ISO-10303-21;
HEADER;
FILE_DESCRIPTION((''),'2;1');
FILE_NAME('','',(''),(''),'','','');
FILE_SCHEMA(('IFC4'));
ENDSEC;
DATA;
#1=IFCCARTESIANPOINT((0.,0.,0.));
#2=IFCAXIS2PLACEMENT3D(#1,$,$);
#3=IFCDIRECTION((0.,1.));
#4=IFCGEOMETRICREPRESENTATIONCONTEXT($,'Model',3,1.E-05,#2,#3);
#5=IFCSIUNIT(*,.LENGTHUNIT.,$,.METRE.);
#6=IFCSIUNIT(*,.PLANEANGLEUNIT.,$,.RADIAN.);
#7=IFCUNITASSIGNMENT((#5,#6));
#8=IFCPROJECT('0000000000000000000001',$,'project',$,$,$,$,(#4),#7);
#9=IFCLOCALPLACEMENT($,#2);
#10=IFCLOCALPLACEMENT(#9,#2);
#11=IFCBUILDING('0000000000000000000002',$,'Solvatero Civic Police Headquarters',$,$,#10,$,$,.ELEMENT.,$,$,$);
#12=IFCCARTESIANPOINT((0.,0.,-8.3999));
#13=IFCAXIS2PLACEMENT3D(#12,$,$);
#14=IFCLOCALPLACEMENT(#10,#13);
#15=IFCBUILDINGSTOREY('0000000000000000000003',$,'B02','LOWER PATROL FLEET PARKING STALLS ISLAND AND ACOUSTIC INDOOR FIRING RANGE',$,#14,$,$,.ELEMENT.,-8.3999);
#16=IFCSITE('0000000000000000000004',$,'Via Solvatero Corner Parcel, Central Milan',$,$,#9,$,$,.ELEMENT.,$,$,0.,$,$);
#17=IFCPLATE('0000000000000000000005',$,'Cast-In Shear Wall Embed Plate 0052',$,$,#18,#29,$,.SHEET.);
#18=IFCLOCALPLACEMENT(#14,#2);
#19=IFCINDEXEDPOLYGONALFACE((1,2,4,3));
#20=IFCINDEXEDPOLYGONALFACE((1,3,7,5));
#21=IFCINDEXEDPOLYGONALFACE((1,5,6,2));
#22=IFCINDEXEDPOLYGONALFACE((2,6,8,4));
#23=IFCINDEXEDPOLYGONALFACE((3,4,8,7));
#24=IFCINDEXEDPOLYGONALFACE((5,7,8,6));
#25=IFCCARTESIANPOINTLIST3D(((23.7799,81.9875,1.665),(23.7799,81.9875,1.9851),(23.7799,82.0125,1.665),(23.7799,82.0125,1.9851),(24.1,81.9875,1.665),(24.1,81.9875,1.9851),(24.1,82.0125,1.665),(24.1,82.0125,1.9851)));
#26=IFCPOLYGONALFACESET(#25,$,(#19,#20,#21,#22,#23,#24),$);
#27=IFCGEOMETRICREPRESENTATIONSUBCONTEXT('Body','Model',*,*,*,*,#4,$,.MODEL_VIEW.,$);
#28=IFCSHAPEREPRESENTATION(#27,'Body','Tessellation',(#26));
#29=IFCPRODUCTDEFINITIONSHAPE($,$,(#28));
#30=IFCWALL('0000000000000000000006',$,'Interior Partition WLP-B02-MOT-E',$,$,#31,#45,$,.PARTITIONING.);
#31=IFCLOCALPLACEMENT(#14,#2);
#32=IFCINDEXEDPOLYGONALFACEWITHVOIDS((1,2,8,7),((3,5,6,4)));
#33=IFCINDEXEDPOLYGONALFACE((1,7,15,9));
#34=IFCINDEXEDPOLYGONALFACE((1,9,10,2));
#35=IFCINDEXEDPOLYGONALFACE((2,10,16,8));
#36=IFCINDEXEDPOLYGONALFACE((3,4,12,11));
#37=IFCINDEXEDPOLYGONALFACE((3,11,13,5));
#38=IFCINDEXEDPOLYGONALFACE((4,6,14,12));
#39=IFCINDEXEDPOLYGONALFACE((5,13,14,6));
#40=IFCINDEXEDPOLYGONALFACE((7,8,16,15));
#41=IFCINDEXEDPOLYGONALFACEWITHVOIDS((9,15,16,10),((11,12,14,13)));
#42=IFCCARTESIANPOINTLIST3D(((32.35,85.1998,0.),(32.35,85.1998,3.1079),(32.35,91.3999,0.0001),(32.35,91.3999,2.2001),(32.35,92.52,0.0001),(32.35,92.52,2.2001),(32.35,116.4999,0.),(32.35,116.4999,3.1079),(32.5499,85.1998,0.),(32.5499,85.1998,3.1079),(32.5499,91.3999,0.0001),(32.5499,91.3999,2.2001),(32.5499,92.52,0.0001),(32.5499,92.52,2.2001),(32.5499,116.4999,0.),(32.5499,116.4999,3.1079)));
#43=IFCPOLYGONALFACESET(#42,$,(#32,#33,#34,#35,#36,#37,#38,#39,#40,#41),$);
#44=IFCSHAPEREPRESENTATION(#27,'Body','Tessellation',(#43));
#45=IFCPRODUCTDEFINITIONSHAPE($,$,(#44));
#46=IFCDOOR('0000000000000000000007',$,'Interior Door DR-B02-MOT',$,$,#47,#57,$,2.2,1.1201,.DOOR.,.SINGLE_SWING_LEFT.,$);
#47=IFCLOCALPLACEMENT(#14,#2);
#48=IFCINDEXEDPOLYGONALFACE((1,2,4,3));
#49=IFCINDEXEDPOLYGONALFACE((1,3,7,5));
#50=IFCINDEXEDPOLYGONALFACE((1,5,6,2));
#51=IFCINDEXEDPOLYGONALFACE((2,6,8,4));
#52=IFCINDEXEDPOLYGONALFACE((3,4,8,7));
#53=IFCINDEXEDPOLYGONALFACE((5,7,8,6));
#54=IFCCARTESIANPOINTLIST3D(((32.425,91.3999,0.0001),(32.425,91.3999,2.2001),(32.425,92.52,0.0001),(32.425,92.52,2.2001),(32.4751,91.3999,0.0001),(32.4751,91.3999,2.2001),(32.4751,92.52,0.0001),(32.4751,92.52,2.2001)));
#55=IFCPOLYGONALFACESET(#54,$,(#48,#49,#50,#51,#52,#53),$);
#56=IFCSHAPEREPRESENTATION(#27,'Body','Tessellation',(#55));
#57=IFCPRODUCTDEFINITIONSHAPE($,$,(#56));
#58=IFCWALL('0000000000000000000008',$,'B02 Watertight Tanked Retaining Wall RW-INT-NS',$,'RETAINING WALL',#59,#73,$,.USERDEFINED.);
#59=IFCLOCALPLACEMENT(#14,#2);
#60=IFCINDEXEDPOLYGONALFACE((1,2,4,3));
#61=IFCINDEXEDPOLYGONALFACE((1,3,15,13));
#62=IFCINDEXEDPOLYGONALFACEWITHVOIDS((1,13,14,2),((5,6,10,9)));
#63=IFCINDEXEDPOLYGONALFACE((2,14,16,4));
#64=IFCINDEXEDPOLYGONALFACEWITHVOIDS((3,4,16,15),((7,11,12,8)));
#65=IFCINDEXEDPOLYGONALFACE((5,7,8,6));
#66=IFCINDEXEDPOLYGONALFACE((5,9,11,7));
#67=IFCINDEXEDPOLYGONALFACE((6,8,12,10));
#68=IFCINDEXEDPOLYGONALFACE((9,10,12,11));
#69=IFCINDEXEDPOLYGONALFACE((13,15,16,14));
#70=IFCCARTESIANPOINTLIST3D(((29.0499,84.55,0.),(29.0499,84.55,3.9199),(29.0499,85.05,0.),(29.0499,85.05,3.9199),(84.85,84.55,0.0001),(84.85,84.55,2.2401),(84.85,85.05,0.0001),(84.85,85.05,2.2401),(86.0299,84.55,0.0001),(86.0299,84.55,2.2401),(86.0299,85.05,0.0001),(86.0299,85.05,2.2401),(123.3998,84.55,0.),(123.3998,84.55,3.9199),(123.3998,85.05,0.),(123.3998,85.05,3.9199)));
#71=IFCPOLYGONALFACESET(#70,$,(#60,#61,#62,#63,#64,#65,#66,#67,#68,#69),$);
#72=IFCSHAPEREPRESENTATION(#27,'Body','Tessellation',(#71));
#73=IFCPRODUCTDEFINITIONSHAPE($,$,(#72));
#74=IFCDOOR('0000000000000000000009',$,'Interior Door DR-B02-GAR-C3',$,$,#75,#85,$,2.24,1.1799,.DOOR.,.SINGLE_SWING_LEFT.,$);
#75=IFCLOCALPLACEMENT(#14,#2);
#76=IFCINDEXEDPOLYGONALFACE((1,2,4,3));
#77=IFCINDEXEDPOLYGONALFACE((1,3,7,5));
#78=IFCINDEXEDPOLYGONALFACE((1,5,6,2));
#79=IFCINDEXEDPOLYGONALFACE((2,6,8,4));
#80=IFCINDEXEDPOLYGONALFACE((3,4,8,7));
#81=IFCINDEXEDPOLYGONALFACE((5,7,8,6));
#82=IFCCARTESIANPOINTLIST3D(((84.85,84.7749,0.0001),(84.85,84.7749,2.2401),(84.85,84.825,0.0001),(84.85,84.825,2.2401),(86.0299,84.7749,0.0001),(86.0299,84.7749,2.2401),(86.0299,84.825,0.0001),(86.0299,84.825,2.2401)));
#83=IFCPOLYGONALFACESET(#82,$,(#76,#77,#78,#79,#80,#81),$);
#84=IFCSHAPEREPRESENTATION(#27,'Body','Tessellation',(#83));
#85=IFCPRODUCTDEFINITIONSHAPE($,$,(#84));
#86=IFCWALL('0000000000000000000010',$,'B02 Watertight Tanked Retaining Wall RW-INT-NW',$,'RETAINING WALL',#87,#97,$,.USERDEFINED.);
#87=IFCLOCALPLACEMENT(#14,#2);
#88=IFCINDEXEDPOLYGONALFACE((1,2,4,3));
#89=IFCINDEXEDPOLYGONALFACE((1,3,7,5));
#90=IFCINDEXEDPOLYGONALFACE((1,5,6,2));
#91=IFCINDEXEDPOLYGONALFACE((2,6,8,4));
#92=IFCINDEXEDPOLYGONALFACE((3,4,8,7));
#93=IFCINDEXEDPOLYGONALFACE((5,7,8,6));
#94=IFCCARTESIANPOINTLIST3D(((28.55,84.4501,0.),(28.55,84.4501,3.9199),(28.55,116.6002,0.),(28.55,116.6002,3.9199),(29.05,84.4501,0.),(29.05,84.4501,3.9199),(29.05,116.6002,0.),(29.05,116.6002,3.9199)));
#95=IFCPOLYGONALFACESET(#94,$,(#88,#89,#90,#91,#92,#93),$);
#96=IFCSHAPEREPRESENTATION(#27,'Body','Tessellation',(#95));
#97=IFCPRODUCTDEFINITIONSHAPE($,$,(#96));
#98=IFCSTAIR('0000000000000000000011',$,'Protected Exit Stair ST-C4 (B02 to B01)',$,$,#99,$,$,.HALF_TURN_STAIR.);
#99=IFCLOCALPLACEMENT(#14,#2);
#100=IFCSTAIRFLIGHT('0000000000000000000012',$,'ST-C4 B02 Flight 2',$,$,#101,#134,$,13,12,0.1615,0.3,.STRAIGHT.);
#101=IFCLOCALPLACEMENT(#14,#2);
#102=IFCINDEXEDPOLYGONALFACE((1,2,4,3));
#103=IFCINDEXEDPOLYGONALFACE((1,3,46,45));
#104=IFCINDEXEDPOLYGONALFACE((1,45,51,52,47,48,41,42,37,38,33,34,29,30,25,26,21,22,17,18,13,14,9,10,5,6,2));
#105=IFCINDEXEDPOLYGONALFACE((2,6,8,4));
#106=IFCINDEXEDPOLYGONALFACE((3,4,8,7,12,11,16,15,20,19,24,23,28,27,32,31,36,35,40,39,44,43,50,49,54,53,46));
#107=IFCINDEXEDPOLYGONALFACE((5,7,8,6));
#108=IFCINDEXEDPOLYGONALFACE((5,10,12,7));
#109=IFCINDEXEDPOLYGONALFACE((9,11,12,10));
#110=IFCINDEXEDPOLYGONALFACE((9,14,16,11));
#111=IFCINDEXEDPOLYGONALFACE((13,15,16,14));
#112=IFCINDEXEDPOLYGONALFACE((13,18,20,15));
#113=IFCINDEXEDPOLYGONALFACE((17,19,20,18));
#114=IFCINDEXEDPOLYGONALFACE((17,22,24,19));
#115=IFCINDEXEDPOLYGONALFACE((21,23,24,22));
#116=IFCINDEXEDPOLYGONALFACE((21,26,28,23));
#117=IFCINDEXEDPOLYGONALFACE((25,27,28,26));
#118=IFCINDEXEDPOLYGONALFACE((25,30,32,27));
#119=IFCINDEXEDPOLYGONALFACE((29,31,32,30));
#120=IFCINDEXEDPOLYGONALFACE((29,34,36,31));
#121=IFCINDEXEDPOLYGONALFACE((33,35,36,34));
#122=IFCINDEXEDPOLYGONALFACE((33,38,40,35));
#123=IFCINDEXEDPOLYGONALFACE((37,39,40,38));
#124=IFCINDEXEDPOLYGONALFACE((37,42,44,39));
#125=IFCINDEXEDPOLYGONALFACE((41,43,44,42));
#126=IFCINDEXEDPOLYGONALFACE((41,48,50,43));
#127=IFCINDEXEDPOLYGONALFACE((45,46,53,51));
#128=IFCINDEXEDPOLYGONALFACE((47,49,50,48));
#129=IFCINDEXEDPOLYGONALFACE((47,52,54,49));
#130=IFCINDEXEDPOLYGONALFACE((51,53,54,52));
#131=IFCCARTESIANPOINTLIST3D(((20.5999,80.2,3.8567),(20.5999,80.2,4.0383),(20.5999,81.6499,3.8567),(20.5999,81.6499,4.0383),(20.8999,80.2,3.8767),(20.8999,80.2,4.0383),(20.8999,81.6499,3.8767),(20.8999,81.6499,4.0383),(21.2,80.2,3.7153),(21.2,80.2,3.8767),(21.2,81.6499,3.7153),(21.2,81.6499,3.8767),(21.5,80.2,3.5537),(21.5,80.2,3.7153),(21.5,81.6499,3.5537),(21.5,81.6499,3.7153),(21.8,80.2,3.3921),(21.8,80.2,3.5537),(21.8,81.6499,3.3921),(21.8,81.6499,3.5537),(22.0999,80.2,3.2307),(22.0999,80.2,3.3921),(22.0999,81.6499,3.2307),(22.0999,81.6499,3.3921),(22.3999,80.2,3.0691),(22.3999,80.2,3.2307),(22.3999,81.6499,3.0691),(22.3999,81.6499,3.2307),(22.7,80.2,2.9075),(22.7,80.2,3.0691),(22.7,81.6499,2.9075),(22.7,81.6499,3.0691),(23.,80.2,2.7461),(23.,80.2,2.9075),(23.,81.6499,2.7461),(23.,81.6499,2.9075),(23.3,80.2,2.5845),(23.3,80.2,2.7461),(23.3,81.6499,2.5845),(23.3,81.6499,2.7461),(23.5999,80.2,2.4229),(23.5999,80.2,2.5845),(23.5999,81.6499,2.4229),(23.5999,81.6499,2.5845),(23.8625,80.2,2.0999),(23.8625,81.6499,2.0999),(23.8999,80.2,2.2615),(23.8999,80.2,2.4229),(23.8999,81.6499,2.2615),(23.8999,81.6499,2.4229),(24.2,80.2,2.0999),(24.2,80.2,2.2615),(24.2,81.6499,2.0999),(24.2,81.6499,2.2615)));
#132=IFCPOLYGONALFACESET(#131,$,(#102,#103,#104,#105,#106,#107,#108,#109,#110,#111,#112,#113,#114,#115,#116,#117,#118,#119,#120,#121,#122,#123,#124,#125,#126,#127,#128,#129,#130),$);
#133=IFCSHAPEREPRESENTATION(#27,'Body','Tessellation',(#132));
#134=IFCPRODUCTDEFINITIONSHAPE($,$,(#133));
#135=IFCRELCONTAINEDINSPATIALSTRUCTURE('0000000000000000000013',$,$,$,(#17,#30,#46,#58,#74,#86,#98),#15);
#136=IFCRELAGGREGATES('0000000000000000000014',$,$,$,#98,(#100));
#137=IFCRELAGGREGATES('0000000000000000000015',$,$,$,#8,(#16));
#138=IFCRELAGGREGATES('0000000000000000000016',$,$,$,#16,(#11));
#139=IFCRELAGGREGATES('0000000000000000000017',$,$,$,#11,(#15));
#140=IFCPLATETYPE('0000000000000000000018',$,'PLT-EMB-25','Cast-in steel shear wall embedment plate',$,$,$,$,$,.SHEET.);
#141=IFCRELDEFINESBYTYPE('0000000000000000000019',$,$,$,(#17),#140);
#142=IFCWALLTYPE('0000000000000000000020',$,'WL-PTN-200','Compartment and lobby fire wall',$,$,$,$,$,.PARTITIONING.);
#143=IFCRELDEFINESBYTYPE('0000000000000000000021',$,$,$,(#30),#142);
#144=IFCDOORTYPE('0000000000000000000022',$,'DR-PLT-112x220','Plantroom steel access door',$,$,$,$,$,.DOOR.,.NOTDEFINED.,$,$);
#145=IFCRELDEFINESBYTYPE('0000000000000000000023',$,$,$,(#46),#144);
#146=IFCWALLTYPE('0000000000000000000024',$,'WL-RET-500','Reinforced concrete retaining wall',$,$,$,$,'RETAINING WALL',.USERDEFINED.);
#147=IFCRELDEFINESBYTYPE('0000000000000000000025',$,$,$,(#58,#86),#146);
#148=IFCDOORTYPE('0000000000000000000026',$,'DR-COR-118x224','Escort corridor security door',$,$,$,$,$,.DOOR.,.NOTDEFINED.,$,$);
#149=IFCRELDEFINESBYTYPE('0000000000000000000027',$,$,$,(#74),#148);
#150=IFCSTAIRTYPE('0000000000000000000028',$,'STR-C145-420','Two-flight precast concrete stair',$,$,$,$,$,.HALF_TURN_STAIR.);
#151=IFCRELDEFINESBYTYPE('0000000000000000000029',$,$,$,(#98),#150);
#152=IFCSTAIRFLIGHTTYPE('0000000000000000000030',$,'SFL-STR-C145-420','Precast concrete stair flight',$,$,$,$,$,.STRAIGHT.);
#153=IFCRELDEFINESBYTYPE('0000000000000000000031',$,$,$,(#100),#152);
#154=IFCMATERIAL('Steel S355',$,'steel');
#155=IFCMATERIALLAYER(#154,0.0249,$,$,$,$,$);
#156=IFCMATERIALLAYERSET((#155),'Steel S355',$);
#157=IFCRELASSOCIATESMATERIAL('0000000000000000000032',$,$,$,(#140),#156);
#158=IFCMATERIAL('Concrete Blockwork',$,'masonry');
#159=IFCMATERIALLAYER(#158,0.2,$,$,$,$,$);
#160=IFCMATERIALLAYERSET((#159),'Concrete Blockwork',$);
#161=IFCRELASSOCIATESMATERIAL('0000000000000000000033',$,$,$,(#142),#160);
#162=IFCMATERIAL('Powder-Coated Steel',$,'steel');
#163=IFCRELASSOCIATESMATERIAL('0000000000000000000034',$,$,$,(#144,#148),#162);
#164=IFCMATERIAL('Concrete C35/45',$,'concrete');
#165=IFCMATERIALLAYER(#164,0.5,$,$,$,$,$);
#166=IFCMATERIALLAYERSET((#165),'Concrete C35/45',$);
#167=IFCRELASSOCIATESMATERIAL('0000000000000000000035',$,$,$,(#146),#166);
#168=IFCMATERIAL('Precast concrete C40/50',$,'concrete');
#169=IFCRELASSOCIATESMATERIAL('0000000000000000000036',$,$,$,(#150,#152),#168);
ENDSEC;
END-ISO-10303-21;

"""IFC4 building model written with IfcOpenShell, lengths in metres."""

from ifc_helpers import new_model, si_unit, direction, frame, frame_2d, origin, origin_2d, place, context, subcontext, project, spatial, polyline, rectangle, outline, extrude, material, layer, layer_set, type_object, element, fill, aggregate, save


model = new_model("IFC4")

# Units and contexts
model_context = context("Model", 3, precision=1e-05, world=origin(), true_north=direction((0.0, 1.0)))
body_context = subcontext(model_context, "Body", "Model", "MODEL_VIEW")
ifc_project = project(units=[si_unit("LENGTHUNIT", "METRE"), si_unit("PLANEANGLEUNIT", "RADIAN")], contexts=[model_context])

# Site, building, storey
site_placement = place(None, origin())
site = spatial("IfcSite", under=ifc_project, at=site_placement, Name="Via Solvatero Corner Parcel, Central Milan", CompositionType="ELEMENT", RefElevation=0.0)
building_placement = place(site_placement, origin())
building = spatial("IfcBuilding", under=site, at=building_placement, Name="Solvatero Civic Police Headquarters", CompositionType="ELEMENT")
storey_placement = place(building_placement, frame((0.0, 0.0, -8.3999)))
storey = spatial("IfcBuildingStorey", under=building, at=storey_placement, Name="B02", Description="LOWER PATROL FLEET PARKING STALLS ISLAND AND ACOUSTIC INDOOR FIRING RANGE", CompositionType="ELEMENT", Elevation=-8.3999)

# Plate
ifc_material_1 = material(Name="Steel S355", Category="steel")
ifc_layer_1 = layer(ifc_material_1, 0.0249)
ifc_layer_set_1 = layer_set([ifc_layer_1], Name="Steel S355")
plate_type_1 = type_object("IfcPlateType", Name="PLT-EMB-25", Description="Cast-in steel shear wall embedment plate", PredefinedType="SHEET", material=ifc_layer_set_1)
plate_1_placement = place(storey_placement, frame((23.9399, 82.0, 1.665), z_axis=(0.0, 0.0, 1.0), x_axis=(1.0, 0.0, 0.0)))
element("IfcPlate", 1, at=plate_1_placement, inside=storey, type_object=plate_type_1, Name="Cast-In Shear Wall Embed Plate 0052", PredefinedType="SHEET", context=body_context, shape_type="SweptSolid", body=[
    extrude(rectangle(XDim=0.3201, YDim=0.0249, at=origin_2d()), origin(), (0.0, 0.0, 1.0), 0.3201),
])

# Walls, openings, doors
ifc_material_2 = material(Name="Concrete Blockwork", Category="masonry")
ifc_layer_2 = layer(ifc_material_2, 0.2)
ifc_layer_set_2 = layer_set([ifc_layer_2], Name="Concrete Blockwork")
wall_type_1 = type_object("IfcWallType", Name="WL-PTN-200", Description="Compartment and lobby fire wall", PredefinedType="PARTITIONING", material=ifc_layer_set_2)
wall_1_placement = place(storey_placement, frame((32.45, 85.2, 0.0), z_axis=(0.0, 0.0, 1.0), x_axis=(0.0, 1.0, 0.0)))
wall_1 = element("IfcWall", 2, at=wall_1_placement, inside=storey, type_object=wall_type_1, Name="Interior Partition WLP-B02-MOT-E", PredefinedType="PARTITIONING", context=body_context, shape_type="SweptSolid", body=[
    extrude(rectangle(XDim=31.3, YDim=0.2, at=frame_2d((15.6499, 0.0))), origin(), (0.0, 0.0, 1.0), 3.1079),
])
opening_1_placement = place(wall_1_placement, frame((6.2, 0.0, 0.0)))
opening_1 = element("IfcOpeningElement", 3, at=opening_1_placement, cuts=wall_1, PredefinedType="OPENING", context=body_context, shape_type="SweptSolid", body=[
    extrude(rectangle(XDim=1.1201, YDim=2.2, at=frame_2d((0.5601, 1.1001))), frame((0.0, 0.1099, 0.0), z_axis=(0.0, -1.0, 0.0), x_axis=(1.0, 0.0, 0.0)), (0.0, 0.0, 1.0), 0.22),
])
ifc_material_3 = material(Name="Powder-Coated Steel", Category="steel")
door_type_1 = type_object("IfcDoorType", Name="DR-PLT-112x220", Description="Plantroom steel access door", OperationType="NOTDEFINED", PredefinedType="DOOR", material=ifc_material_3)
door_1_placement = place(opening_1_placement, origin())
door_1 = element("IfcDoor", 4, at=door_1_placement, inside=storey, type_object=door_type_1, Name="Interior Door DR-B02-MOT", OperationType="SINGLE_SWING_LEFT", OverallHeight=2.2, OverallWidth=1.1201, PredefinedType="DOOR", context=body_context, shape_type="SweptSolid", body=[
    extrude(rectangle(XDim=1.1201, YDim=2.2, at=frame_2d((0.5601, 1.1001))), frame((0.0, 0.0249, 0.0), z_axis=(0.0, -1.0, 0.0), x_axis=(1.0, 0.0, 0.0)), (0.0, 0.0, 1.0), 0.05),
])
fill(opening_1, door_1)
ifc_material_4 = material(Name="Concrete C35/45", Category="concrete")
ifc_layer_3 = layer(ifc_material_4, 0.5)
ifc_layer_set_3 = layer_set([ifc_layer_3], Name="Concrete C35/45")
wall_type_2 = type_object("IfcWallType", Name="WL-RET-500", Description="Reinforced concrete retaining wall", ElementType="RETAINING WALL", PredefinedType="USERDEFINED", material=ifc_layer_set_3)
wall_2_placement = place(storey_placement, frame((29.05, 84.8, 0.0), z_axis=(0.0, 0.0, 1.0), x_axis=(1.0, 0.0, 0.0)))
wall_2 = element("IfcWall", 5, at=wall_2_placement, inside=storey, type_object=wall_type_2, Name="B02 Watertight Tanked Retaining Wall RW-INT-NS", ObjectType="RETAINING WALL", PredefinedType="USERDEFINED", context=body_context, shape_type="SweptSolid", body=[
    extrude(rectangle(XDim=94.3499, YDim=0.5, at=frame_2d((47.1748, 0.0))), origin(), (0.0, 0.0, 1.0), 3.9199),
])
opening_2_placement = place(wall_2_placement, frame((55.8, 0.0, 0.0)))
opening_2 = element("IfcOpeningElement", 6, at=opening_2_placement, cuts=wall_2, PredefinedType="OPENING", context=body_context, shape_type="SweptSolid", body=[
    extrude(rectangle(XDim=1.1799, YDim=2.24, at=frame_2d((0.5898, 1.1201))), frame((0.0, 0.26, 0.0), z_axis=(0.0, -1.0, 0.0), x_axis=(1.0, 0.0, 0.0)), (0.0, 0.0, 1.0), 0.52),
])
door_type_2 = type_object("IfcDoorType", Name="DR-COR-118x224", Description="Escort corridor security door", OperationType="NOTDEFINED", PredefinedType="DOOR", material=ifc_material_3)
door_2_placement = place(opening_2_placement, origin())
door_2 = element("IfcDoor", 7, at=door_2_placement, inside=storey, type_object=door_type_2, Name="Interior Door DR-B02-GAR-C3", OperationType="SINGLE_SWING_LEFT", OverallHeight=2.24, OverallWidth=1.1799, PredefinedType="DOOR", context=body_context, shape_type="SweptSolid", body=[
    extrude(rectangle(XDim=1.1799, YDim=2.24, at=frame_2d((0.5898, 1.1201))), frame((0.0, 0.0249, 0.0), z_axis=(0.0, -1.0, 0.0), x_axis=(1.0, 0.0, 0.0)), (0.0, 0.0, 1.0), 0.05),
])
fill(opening_2, door_2)

# Wall
wall_3_placement = place(storey_placement, frame((28.8, 84.45, 0.0), z_axis=(0.0, 0.0, 1.0), x_axis=(0.0, 1.0, 0.0)))
element("IfcWall", 8, at=wall_3_placement, inside=storey, type_object=wall_type_2, Name="B02 Watertight Tanked Retaining Wall RW-INT-NW", ObjectType="RETAINING WALL", PredefinedType="USERDEFINED", context=body_context, shape_type="SweptSolid", body=[
    extrude(rectangle(XDim=32.1501, YDim=0.5, at=frame_2d((16.0752, 0.0))), origin(), (0.0, 0.0, 1.0), 3.9199),
])

# Stair, stair flight
ifc_material_5 = material(Name="Precast concrete C40/50", Category="concrete")
stair_type = type_object("IfcStairType", Name="STR-C145-420", Description="Two-flight precast concrete stair", PredefinedType="HALF_TURN_STAIR", material=ifc_material_5)
stair_placement = place(storey_placement, origin())
stair = element("IfcStair", 9, at=stair_placement, inside=storey, type_object=stair_type, Name="Protected Exit Stair ST-C4 (B02 to B01)", PredefinedType="HALF_TURN_STAIR")
stair_flight_type = type_object("IfcStairFlightType", Name="SFL-STR-C145-420", Description="Precast concrete stair flight", PredefinedType="STRAIGHT", material=ifc_material_5)
stair_flight_placement = place(storey_placement, frame((24.2, 80.925, 2.0999), z_axis=(0.0, 0.0, 1.0), x_axis=(-1.0, 0.0, 0.0)))
stair_flight = element("IfcStairFlight", 10, at=stair_flight_placement, type_object=stair_flight_type, Name="ST-C4 B02 Flight 2", NumberOfRisers=13, NumberOfTreads=12, PredefinedType="STRAIGHT", RiserHeight=0.1615, TreadLength=0.3, context=body_context, shape_type="SweptSolid", body=[
    extrude(outline(polyline([(0.0, 0.0), (0.0, 0.1616), (0.3, 0.1616), (0.3, 0.323), (0.6001, 0.323), (0.6001, 0.4846), (0.8999, 0.4846), (0.8999, 0.6462), (1.2, 0.6462), (1.2, 0.8076), (1.5, 0.8076), (1.5, 0.9692), (1.8, 0.9692), (1.8, 1.1309), (2.1001, 1.1309), (2.1001, 1.2922), (2.3999, 1.2922), (2.3999, 1.4539), (2.7, 1.4539), (2.7, 1.6155), (3.0, 1.6155), (3.0, 1.7769), (3.3, 1.7769), (3.3, 1.9385), (3.6001, 1.9385), (3.6001, 2.1001), (3.6001, 1.7568), (0.3374, 0.0), (0.0, 0.0)])), frame((0.0, 0.7251, 0.0), z_axis=(0.0, -1.0, 0.0), x_axis=(1.0, 0.0, 0.0)), (0.0, 0.0, 1.0), 1.45),
])
aggregate(stair, [stair_flight])

save(model, "model.ifc")
